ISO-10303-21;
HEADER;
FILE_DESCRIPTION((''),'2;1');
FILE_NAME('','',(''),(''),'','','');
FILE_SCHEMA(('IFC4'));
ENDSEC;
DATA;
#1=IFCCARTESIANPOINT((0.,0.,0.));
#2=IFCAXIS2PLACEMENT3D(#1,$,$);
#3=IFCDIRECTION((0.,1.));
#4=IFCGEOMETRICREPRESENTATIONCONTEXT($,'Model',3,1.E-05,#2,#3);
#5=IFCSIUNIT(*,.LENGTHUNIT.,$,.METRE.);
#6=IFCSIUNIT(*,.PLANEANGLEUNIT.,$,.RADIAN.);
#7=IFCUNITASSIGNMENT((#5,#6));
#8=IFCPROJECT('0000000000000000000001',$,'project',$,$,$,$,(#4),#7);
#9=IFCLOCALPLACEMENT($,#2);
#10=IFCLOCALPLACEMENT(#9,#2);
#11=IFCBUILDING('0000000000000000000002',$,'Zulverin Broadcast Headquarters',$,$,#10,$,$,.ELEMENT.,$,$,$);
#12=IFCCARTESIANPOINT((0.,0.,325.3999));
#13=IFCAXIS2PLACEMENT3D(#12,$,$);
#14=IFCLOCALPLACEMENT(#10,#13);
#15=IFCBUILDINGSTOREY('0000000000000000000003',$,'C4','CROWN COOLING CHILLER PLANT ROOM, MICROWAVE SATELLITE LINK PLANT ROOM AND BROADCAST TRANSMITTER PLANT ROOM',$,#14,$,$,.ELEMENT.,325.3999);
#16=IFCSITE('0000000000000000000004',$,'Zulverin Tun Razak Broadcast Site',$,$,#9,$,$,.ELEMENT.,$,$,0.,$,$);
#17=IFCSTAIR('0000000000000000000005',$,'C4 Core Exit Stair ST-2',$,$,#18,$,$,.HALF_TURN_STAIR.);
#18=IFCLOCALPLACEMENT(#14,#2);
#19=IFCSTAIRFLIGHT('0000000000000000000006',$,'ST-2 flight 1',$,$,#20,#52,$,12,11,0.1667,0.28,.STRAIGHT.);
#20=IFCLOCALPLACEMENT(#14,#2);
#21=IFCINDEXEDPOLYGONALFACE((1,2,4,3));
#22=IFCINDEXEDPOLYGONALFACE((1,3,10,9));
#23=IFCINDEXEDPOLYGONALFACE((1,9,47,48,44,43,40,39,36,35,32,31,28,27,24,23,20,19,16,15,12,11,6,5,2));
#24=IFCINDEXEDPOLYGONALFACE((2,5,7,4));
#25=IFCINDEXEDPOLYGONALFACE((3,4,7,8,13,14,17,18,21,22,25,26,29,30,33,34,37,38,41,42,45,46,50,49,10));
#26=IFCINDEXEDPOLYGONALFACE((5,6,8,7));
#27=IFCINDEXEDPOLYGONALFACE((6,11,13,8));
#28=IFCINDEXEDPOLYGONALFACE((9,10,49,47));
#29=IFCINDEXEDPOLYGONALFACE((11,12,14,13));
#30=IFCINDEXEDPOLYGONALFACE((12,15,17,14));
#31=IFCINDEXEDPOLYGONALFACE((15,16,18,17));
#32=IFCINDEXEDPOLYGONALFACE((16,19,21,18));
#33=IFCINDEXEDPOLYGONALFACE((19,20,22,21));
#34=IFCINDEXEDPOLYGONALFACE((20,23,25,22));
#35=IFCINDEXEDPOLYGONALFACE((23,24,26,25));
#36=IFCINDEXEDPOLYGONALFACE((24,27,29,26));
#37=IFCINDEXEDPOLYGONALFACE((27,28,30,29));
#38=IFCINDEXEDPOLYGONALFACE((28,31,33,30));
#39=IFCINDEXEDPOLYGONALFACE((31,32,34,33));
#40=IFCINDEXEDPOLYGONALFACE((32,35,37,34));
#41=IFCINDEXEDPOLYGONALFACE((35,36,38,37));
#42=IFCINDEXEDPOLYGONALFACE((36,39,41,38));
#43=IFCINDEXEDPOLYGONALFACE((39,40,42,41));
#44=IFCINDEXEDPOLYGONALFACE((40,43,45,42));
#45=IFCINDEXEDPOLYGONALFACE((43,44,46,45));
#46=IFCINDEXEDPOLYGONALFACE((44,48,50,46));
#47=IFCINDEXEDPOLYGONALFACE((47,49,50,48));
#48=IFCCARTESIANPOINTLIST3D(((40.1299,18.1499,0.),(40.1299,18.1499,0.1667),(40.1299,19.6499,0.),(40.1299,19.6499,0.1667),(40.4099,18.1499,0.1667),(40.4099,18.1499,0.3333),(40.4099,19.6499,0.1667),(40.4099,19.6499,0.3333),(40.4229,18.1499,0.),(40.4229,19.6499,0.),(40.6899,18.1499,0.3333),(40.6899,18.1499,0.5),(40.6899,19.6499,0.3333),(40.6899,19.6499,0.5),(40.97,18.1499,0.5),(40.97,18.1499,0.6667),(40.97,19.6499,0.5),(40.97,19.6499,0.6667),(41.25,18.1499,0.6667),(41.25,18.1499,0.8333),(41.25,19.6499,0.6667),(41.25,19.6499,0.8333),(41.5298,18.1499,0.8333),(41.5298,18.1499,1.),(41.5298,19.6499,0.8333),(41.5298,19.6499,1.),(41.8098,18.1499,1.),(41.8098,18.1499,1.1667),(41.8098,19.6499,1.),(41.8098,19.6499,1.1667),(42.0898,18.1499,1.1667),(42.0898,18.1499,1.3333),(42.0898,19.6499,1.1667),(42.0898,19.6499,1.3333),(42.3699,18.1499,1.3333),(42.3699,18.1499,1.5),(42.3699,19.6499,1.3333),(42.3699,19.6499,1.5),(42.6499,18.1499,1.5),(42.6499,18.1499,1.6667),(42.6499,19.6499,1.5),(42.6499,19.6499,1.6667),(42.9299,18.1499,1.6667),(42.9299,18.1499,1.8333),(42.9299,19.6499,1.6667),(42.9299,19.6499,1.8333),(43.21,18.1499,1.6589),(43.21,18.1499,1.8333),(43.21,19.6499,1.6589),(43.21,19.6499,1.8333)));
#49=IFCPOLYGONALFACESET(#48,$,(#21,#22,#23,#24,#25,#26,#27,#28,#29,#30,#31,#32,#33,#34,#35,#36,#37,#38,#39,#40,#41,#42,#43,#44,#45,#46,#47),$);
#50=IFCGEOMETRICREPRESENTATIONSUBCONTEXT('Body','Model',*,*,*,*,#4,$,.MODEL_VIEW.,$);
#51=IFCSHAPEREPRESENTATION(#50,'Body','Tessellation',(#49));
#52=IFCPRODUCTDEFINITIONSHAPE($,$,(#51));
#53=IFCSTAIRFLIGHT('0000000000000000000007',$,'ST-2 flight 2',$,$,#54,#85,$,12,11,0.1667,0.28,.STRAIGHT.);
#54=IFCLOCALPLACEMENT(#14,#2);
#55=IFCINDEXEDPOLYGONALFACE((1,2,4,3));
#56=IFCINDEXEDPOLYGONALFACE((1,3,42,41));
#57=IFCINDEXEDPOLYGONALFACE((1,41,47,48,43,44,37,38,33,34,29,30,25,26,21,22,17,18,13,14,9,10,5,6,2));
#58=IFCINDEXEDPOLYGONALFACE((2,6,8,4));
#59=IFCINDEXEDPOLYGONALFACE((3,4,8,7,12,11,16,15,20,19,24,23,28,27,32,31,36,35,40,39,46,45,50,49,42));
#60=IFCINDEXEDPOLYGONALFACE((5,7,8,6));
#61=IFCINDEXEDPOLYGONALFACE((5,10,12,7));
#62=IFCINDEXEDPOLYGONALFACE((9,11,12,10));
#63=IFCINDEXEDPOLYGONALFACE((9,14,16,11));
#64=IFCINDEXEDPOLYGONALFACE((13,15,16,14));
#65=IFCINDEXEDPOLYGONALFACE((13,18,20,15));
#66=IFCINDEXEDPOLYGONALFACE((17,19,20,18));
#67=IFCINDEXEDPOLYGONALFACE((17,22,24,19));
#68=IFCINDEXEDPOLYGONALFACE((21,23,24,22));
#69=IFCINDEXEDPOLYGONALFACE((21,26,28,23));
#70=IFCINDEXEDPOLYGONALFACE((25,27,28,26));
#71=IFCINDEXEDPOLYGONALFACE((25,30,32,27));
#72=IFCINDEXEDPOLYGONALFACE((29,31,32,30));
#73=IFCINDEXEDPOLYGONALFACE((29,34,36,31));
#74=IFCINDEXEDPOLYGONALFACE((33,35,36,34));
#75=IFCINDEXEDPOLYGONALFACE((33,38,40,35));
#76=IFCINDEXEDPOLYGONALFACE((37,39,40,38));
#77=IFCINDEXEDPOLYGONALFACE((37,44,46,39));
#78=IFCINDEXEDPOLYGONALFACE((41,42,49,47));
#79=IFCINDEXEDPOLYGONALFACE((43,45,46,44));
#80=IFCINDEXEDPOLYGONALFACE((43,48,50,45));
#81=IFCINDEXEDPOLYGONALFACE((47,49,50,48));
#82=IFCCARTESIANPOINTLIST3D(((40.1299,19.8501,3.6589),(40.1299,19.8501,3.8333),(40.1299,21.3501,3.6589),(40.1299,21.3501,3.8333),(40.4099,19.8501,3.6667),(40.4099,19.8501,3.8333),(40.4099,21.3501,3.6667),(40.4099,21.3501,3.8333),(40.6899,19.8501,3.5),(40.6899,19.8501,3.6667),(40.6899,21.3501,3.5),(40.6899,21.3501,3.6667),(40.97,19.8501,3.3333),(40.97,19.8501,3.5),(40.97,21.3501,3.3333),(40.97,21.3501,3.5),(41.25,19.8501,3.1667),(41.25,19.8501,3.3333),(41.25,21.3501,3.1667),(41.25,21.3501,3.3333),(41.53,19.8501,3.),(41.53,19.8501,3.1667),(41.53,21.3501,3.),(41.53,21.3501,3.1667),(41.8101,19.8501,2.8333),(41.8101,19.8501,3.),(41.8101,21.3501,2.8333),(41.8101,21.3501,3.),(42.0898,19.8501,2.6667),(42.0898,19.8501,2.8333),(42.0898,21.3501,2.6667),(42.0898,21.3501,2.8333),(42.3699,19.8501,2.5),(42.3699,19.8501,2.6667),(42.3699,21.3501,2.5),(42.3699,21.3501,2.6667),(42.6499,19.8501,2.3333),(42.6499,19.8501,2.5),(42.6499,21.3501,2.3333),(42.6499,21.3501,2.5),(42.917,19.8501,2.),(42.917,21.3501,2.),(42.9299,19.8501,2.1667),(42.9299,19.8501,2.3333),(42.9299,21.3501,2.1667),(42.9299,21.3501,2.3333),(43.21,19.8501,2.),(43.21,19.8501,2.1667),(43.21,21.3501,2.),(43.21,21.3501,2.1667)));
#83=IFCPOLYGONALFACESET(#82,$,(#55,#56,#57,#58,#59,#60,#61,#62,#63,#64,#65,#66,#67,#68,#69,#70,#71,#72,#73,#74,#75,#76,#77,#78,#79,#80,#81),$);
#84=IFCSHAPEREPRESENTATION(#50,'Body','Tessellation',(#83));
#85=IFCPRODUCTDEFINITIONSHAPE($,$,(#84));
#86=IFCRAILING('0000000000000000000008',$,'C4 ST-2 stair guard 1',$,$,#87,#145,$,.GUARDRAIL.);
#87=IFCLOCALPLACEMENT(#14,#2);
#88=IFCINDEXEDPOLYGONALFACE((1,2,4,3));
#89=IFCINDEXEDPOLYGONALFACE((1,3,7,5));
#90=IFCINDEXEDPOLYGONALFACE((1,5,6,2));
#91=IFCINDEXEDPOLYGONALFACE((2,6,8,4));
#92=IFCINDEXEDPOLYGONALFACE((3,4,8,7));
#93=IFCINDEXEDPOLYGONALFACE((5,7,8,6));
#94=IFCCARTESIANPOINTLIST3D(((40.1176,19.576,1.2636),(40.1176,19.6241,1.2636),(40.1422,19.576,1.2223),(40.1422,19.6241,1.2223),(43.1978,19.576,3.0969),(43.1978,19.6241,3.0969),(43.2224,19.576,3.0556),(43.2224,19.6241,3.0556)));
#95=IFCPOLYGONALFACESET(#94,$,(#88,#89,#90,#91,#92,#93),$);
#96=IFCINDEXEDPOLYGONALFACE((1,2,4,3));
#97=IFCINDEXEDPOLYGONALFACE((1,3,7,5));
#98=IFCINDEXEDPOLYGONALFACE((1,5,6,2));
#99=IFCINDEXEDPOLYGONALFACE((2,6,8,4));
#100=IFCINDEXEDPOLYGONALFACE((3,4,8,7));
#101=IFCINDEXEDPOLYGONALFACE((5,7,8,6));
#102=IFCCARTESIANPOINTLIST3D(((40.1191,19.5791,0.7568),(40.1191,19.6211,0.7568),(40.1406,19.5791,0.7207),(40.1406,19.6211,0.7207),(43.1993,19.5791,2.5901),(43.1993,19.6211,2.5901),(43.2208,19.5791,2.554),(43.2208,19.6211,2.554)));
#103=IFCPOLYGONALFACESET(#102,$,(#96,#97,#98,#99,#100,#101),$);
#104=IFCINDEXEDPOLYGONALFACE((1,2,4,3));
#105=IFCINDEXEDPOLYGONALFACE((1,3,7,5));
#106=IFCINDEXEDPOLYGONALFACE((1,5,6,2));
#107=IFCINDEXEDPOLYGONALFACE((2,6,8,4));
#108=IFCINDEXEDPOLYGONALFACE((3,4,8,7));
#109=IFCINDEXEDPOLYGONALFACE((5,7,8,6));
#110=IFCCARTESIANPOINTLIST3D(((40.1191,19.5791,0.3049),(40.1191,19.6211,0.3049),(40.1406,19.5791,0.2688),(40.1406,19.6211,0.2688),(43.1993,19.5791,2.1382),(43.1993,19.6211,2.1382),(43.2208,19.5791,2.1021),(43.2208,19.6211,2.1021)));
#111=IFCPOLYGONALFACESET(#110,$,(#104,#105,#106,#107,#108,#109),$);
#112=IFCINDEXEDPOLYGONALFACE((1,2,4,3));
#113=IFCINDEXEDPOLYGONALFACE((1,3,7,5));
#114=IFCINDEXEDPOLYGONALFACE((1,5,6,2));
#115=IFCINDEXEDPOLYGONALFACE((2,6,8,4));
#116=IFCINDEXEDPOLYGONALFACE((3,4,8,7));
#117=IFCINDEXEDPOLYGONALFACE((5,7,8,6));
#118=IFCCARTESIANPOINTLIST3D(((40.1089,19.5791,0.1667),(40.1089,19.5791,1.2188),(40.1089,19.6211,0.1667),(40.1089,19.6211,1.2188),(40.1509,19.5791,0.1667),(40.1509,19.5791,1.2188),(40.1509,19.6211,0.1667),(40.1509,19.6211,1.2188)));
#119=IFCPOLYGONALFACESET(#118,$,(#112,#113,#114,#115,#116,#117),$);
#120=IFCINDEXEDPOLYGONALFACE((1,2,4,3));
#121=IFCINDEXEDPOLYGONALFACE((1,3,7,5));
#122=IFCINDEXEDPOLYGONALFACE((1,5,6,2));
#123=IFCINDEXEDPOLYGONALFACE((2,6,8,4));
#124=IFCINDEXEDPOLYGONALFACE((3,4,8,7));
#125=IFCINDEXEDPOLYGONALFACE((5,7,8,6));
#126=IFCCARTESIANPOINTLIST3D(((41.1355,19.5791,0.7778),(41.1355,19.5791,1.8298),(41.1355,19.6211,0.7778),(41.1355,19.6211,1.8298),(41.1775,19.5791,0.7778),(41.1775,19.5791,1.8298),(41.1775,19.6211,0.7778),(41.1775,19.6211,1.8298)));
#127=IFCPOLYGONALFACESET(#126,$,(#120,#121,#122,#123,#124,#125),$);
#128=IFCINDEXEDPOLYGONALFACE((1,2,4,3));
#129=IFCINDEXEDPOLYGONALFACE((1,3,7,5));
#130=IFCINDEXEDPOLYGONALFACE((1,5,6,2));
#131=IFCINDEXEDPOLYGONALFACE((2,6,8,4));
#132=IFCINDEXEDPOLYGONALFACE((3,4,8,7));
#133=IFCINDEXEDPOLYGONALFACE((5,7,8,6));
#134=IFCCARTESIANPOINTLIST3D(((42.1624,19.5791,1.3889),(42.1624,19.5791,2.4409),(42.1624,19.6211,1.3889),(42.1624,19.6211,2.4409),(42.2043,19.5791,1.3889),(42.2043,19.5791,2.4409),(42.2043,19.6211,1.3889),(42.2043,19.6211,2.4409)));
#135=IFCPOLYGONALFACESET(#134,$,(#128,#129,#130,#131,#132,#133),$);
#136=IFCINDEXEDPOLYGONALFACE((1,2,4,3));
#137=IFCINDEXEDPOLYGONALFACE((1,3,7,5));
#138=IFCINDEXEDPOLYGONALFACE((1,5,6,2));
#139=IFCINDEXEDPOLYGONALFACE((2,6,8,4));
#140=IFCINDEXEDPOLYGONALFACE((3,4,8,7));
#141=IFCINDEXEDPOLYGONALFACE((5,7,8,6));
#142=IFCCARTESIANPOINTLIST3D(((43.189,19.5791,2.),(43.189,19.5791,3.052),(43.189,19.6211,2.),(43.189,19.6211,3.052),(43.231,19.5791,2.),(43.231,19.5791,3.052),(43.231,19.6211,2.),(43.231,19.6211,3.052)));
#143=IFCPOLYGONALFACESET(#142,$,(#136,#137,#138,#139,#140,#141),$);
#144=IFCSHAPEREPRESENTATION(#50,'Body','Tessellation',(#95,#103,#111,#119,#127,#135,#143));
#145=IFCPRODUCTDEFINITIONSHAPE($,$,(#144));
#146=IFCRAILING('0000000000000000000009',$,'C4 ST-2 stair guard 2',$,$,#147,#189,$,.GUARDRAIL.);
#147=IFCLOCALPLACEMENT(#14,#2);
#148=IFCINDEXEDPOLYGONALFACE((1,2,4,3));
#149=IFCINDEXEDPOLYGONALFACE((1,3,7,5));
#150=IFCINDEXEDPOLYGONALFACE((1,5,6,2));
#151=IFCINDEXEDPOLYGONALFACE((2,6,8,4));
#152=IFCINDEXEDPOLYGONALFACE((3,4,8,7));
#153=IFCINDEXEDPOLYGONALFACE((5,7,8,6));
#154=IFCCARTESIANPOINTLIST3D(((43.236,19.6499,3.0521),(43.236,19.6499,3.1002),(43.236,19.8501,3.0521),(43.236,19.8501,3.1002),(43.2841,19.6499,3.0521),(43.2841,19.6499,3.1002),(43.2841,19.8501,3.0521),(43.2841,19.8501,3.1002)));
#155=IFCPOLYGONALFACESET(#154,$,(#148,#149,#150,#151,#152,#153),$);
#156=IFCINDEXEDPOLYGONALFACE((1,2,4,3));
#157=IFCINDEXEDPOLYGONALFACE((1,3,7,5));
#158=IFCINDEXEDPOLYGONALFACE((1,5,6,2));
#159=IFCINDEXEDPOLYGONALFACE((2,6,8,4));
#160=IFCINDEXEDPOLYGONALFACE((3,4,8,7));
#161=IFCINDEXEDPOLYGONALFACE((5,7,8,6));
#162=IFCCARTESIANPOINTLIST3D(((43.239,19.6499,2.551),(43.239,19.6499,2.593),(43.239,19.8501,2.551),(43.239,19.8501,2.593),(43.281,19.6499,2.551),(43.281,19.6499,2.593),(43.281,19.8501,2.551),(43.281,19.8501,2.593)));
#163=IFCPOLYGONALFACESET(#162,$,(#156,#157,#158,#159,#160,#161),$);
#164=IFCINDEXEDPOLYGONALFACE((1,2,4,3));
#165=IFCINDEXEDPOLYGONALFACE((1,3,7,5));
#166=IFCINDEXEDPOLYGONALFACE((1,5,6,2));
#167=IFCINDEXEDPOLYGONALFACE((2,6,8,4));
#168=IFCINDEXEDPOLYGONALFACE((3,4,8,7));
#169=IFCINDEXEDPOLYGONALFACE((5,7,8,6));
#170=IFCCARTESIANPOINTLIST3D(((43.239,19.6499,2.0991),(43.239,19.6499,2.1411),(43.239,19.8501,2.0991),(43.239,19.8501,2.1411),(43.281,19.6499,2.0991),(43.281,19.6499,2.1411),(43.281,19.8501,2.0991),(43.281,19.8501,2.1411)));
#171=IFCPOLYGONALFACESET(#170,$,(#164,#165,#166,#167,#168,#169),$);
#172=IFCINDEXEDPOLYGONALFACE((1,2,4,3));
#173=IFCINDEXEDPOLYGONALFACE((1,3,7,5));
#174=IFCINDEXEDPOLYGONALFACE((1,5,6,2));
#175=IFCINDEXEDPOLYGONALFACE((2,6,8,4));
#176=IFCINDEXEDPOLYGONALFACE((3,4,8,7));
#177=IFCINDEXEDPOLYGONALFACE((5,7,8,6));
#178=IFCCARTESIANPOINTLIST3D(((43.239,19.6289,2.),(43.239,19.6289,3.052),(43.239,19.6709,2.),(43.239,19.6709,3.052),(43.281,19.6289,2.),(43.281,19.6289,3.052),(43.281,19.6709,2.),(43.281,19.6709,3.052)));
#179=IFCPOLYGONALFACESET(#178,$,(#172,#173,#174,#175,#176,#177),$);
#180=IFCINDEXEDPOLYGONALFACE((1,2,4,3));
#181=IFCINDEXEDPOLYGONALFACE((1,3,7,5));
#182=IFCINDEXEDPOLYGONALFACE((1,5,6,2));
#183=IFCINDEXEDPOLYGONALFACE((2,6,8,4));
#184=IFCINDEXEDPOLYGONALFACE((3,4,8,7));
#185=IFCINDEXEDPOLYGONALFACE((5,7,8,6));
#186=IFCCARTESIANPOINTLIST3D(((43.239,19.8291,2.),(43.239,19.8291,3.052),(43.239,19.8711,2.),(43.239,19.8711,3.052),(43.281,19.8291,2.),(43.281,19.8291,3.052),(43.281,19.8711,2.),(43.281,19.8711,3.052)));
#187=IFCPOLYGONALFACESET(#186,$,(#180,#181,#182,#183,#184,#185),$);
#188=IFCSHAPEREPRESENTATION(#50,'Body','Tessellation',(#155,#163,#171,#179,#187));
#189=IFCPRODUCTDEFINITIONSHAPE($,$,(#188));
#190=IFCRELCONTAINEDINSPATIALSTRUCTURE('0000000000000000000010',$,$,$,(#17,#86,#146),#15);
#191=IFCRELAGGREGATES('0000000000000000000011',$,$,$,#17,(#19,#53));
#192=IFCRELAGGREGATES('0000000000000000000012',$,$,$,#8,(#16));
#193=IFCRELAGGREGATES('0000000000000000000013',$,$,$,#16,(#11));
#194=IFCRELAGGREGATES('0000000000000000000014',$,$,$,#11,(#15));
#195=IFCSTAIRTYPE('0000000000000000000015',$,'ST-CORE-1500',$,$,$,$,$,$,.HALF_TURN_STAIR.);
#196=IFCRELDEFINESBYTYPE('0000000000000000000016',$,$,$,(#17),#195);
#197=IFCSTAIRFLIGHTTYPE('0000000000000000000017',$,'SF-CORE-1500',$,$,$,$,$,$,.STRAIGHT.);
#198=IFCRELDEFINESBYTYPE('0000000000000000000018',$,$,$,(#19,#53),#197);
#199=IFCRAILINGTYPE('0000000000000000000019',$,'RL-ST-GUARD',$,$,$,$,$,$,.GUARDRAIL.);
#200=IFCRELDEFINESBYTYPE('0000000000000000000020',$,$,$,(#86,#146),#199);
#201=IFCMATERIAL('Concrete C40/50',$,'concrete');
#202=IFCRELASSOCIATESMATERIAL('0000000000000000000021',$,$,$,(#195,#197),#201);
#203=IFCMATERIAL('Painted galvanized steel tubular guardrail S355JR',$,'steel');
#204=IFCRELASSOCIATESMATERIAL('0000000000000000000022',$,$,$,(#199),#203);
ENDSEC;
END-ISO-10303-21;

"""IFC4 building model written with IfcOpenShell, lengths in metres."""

from ifc_helpers import new_model, si_unit, direction, frame, origin, origin_2d, place, context, subcontext, project, spatial, polyline, rectangle, outline, extrude, material, type_object, element, aggregate, save


model = new_model("IFC4")

# Units and contexts
model_context = context("Model", 3, precision=1e-05, world=origin(), true_north=direction((0.0, 1.0)))
body_context = subcontext(model_context, "Body", "Model", "MODEL_VIEW")
ifc_project = project(units=[si_unit("LENGTHUNIT", "METRE"), si_unit("PLANEANGLEUNIT", "RADIAN")], contexts=[model_context])

# Site, building, storey
site_placement = place(None, origin())
site = spatial("IfcSite", under=ifc_project, at=site_placement, Name="Zulverin Tun Razak Broadcast Site", CompositionType="ELEMENT", RefElevation=0.0)
building_placement = place(site_placement, origin())
building = spatial("IfcBuilding", under=site, at=building_placement, Name="Zulverin Broadcast Headquarters", CompositionType="ELEMENT")
storey_placement = place(building_placement, frame((0.0, 0.0, 325.3999)))
storey = spatial("IfcBuildingStorey", under=building, at=storey_placement, Name="C4", Description="CROWN COOLING CHILLER PLANT ROOM, MICROWAVE SATELLITE LINK PLANT ROOM AND BROADCAST TRANSMITTER PLANT ROOM", CompositionType="ELEMENT", Elevation=325.3999)

# Shared definitions
ifc_material_1 = material(Name="Concrete C40/50", Category="concrete")

# Stair, stair flights
stair_type = type_object("IfcStairType", Name="ST-CORE-1500", PredefinedType="HALF_TURN_STAIR", material=ifc_material_1)
stair_placement = place(storey_placement, origin())
stair = element("IfcStair", 1, at=stair_placement, inside=storey, type_object=stair_type, Name="C4 Core Exit Stair ST-2", PredefinedType="HALF_TURN_STAIR")
stair_flight_type = type_object("IfcStairFlightType", Name="SF-CORE-1500", PredefinedType="STRAIGHT", material=ifc_material_1)
stair_flight_1_placement = place(storey_placement, frame((40.1299, 18.8999, 0.0), z_axis=(0.0, 0.0, 1.0), x_axis=(1.0, 0.0, 0.0)))
stair_flight_1 = element("IfcStairFlight", 2, at=stair_flight_1_placement, type_object=stair_flight_type, Name="ST-2 flight 1", NumberOfRisers=12, NumberOfTreads=11, PredefinedType="STRAIGHT", RiserHeight=0.1667, TreadLength=0.28, context=body_context, shape_type="SweptSolid", body=[
    extrude(outline(polyline([(0.0, 0.0), (0.0, 0.1667), (0.28, 0.1667), (0.28, 0.3333), (0.5601, 0.3333), (0.5601, 0.5), (0.8401, 0.5), (0.8401, 0.6667), (1.1201, 0.6667), (1.1201, 0.8333), (1.3999, 0.8333), (1.3999, 1.0), (1.6799, 1.0), (1.6799, 1.1667), (1.96, 1.1667), (1.96, 1.3333), (2.24, 1.3333), (2.24, 1.5), (2.52, 1.5), (2.52, 1.6667), (2.8, 1.6667), (2.8, 1.8333), (3.0801, 1.8333), (3.0801, 2.0), (3.0801, 1.6589), (0.293, 0.0), (0.0, 0.0)])), frame((0.0, 0.75, 0.0), z_axis=(0.0, -1.0, 0.0), x_axis=(1.0, 0.0, 0.0)), (0.0, 0.0, 1.0), 1.5),
])
stair_flight_2_placement = place(storey_placement, frame((43.21, 20.6001, 2.0), z_axis=(0.0, 0.0, 1.0), x_axis=(-1.0, 0.0, 0.0)))
stair_flight_2 = element("IfcStairFlight", 3, at=stair_flight_2_placement, type_object=stair_flight_type, Name="ST-2 flight 2", NumberOfRisers=12, NumberOfTreads=11, PredefinedType="STRAIGHT", RiserHeight=0.1667, TreadLength=0.28, context=body_context, shape_type="SweptSolid", body=[
    extrude(outline(polyline([(0.0, 0.0), (0.0, 0.1667), (0.28, 0.1667), (0.28, 0.3333), (0.5601, 0.3333), (0.5601, 0.5), (0.8401, 0.5), (0.8401, 0.6667), (1.1201, 0.6667), (1.1201, 0.8333), (1.3999, 0.8333), (1.3999, 1.0), (1.6799, 1.0), (1.6799, 1.1667), (1.96, 1.1667), (1.96, 1.3333), (2.24, 1.3333), (2.24, 1.5), (2.52, 1.5), (2.52, 1.6667), (2.8, 1.6667), (2.8, 1.8333), (3.0801, 1.8333), (3.0801, 2.0), (3.0801, 1.6589), (0.293, 0.0), (0.0, 0.0)])), frame((0.0, 0.75, 0.0), z_axis=(0.0, -1.0, 0.0), x_axis=(1.0, 0.0, 0.0)), (0.0, 0.0, 1.0), 1.5),
])
aggregate(stair, [stair_flight_1, stair_flight_2])

# Railings
ifc_material_2 = material(Name="Painted galvanized steel tubular guardrail S355JR", Category="steel")
railing_type_1 = type_object("IfcRailingType", Name="RL-ST-GUARD", PredefinedType="GUARDRAIL", material=ifc_material_2)
railing_1_placement = place(storey_placement, frame((40.1299, 19.6001, 0.1667)))
element("IfcRailing", 4, at=railing_1_placement, inside=storey, type_object=railing_type_1, Name="C4 ST-2 stair guard 1", PredefinedType="GUARDRAIL", context=body_context, shape_type="SweptSolid", body=[
    extrude(rectangle(XDim=0.0481, YDim=0.0481, at=origin_2d()), frame((0.0, 0.0, 1.0762), z_axis=(0.859309, 0.0, 0.511458), x_axis=(0.0, 1.0, 0.0)), (0.0, 0.0, 1.0), 3.5845),
    extrude(rectangle(XDim=0.042, YDim=0.042, at=origin_2d()), frame((0.0, 0.0, 0.572), z_axis=(0.859309, 0.0, 0.511458), x_axis=(0.0, 1.0, 0.0)), (0.0, 0.0, 1.0), 3.5845),
    extrude(rectangle(XDim=0.042, YDim=0.042, at=origin_2d()), frame((0.0, 0.0, 0.1201), z_axis=(0.859309, 0.0, 0.511458), x_axis=(0.0, 1.0, 0.0)), (0.0, 0.0, 1.0), 3.5845),
    extrude(rectangle(XDim=0.042, YDim=0.042, at=origin_2d()), origin(), (0.0, 0.0, 1.0), 1.052),
    extrude(rectangle(XDim=0.042, YDim=0.042, at=origin_2d()), frame((1.0266, 0.0, 0.6111)), (0.0, 0.0, 1.0), 1.052),
    extrude(rectangle(XDim=0.042, YDim=0.042, at=origin_2d()), frame((2.0535, 0.0, 1.2222)), (0.0, 0.0, 1.0), 1.052),
    extrude(rectangle(XDim=0.042, YDim=0.042, at=origin_2d()), frame((3.0801, 0.0, 1.8333)), (0.0, 0.0, 1.0), 1.052),
])
railing_2_placement = place(storey_placement, frame((43.26, 19.6499, 2.0)))
element("IfcRailing", 5, at=railing_2_placement, inside=storey, type_object=railing_type_1, Name="C4 ST-2 stair guard 2", PredefinedType="GUARDRAIL", context=body_context, shape_type="SweptSolid", body=[
    extrude(rectangle(XDim=0.0481, YDim=0.0481, at=origin_2d()), frame((0.0, 0.0, 1.0762), z_axis=(0.0, 1.0, 0.0), x_axis=(-1.0, 0.0, 0.0)), (0.0, 0.0, 1.0), 0.2002),
    extrude(rectangle(XDim=0.042, YDim=0.042, at=origin_2d()), frame((0.0, 0.0, 0.572), z_axis=(0.0, 1.0, 0.0), x_axis=(-1.0, 0.0, 0.0)), (0.0, 0.0, 1.0), 0.2002),
    extrude(rectangle(XDim=0.042, YDim=0.042, at=origin_2d()), frame((0.0, 0.0, 0.1201), z_axis=(0.0, 1.0, 0.0), x_axis=(-1.0, 0.0, 0.0)), (0.0, 0.0, 1.0), 0.2002),
    extrude(rectangle(XDim=0.042, YDim=0.042, at=origin_2d()), origin(), (0.0, 0.0, 1.0), 1.052),
    extrude(rectangle(XDim=0.042, YDim=0.042, at=origin_2d()), frame((0.0, 0.2002, 0.0)), (0.0, 0.0, 1.0), 1.052),
])

save(model, "model.ifc")
